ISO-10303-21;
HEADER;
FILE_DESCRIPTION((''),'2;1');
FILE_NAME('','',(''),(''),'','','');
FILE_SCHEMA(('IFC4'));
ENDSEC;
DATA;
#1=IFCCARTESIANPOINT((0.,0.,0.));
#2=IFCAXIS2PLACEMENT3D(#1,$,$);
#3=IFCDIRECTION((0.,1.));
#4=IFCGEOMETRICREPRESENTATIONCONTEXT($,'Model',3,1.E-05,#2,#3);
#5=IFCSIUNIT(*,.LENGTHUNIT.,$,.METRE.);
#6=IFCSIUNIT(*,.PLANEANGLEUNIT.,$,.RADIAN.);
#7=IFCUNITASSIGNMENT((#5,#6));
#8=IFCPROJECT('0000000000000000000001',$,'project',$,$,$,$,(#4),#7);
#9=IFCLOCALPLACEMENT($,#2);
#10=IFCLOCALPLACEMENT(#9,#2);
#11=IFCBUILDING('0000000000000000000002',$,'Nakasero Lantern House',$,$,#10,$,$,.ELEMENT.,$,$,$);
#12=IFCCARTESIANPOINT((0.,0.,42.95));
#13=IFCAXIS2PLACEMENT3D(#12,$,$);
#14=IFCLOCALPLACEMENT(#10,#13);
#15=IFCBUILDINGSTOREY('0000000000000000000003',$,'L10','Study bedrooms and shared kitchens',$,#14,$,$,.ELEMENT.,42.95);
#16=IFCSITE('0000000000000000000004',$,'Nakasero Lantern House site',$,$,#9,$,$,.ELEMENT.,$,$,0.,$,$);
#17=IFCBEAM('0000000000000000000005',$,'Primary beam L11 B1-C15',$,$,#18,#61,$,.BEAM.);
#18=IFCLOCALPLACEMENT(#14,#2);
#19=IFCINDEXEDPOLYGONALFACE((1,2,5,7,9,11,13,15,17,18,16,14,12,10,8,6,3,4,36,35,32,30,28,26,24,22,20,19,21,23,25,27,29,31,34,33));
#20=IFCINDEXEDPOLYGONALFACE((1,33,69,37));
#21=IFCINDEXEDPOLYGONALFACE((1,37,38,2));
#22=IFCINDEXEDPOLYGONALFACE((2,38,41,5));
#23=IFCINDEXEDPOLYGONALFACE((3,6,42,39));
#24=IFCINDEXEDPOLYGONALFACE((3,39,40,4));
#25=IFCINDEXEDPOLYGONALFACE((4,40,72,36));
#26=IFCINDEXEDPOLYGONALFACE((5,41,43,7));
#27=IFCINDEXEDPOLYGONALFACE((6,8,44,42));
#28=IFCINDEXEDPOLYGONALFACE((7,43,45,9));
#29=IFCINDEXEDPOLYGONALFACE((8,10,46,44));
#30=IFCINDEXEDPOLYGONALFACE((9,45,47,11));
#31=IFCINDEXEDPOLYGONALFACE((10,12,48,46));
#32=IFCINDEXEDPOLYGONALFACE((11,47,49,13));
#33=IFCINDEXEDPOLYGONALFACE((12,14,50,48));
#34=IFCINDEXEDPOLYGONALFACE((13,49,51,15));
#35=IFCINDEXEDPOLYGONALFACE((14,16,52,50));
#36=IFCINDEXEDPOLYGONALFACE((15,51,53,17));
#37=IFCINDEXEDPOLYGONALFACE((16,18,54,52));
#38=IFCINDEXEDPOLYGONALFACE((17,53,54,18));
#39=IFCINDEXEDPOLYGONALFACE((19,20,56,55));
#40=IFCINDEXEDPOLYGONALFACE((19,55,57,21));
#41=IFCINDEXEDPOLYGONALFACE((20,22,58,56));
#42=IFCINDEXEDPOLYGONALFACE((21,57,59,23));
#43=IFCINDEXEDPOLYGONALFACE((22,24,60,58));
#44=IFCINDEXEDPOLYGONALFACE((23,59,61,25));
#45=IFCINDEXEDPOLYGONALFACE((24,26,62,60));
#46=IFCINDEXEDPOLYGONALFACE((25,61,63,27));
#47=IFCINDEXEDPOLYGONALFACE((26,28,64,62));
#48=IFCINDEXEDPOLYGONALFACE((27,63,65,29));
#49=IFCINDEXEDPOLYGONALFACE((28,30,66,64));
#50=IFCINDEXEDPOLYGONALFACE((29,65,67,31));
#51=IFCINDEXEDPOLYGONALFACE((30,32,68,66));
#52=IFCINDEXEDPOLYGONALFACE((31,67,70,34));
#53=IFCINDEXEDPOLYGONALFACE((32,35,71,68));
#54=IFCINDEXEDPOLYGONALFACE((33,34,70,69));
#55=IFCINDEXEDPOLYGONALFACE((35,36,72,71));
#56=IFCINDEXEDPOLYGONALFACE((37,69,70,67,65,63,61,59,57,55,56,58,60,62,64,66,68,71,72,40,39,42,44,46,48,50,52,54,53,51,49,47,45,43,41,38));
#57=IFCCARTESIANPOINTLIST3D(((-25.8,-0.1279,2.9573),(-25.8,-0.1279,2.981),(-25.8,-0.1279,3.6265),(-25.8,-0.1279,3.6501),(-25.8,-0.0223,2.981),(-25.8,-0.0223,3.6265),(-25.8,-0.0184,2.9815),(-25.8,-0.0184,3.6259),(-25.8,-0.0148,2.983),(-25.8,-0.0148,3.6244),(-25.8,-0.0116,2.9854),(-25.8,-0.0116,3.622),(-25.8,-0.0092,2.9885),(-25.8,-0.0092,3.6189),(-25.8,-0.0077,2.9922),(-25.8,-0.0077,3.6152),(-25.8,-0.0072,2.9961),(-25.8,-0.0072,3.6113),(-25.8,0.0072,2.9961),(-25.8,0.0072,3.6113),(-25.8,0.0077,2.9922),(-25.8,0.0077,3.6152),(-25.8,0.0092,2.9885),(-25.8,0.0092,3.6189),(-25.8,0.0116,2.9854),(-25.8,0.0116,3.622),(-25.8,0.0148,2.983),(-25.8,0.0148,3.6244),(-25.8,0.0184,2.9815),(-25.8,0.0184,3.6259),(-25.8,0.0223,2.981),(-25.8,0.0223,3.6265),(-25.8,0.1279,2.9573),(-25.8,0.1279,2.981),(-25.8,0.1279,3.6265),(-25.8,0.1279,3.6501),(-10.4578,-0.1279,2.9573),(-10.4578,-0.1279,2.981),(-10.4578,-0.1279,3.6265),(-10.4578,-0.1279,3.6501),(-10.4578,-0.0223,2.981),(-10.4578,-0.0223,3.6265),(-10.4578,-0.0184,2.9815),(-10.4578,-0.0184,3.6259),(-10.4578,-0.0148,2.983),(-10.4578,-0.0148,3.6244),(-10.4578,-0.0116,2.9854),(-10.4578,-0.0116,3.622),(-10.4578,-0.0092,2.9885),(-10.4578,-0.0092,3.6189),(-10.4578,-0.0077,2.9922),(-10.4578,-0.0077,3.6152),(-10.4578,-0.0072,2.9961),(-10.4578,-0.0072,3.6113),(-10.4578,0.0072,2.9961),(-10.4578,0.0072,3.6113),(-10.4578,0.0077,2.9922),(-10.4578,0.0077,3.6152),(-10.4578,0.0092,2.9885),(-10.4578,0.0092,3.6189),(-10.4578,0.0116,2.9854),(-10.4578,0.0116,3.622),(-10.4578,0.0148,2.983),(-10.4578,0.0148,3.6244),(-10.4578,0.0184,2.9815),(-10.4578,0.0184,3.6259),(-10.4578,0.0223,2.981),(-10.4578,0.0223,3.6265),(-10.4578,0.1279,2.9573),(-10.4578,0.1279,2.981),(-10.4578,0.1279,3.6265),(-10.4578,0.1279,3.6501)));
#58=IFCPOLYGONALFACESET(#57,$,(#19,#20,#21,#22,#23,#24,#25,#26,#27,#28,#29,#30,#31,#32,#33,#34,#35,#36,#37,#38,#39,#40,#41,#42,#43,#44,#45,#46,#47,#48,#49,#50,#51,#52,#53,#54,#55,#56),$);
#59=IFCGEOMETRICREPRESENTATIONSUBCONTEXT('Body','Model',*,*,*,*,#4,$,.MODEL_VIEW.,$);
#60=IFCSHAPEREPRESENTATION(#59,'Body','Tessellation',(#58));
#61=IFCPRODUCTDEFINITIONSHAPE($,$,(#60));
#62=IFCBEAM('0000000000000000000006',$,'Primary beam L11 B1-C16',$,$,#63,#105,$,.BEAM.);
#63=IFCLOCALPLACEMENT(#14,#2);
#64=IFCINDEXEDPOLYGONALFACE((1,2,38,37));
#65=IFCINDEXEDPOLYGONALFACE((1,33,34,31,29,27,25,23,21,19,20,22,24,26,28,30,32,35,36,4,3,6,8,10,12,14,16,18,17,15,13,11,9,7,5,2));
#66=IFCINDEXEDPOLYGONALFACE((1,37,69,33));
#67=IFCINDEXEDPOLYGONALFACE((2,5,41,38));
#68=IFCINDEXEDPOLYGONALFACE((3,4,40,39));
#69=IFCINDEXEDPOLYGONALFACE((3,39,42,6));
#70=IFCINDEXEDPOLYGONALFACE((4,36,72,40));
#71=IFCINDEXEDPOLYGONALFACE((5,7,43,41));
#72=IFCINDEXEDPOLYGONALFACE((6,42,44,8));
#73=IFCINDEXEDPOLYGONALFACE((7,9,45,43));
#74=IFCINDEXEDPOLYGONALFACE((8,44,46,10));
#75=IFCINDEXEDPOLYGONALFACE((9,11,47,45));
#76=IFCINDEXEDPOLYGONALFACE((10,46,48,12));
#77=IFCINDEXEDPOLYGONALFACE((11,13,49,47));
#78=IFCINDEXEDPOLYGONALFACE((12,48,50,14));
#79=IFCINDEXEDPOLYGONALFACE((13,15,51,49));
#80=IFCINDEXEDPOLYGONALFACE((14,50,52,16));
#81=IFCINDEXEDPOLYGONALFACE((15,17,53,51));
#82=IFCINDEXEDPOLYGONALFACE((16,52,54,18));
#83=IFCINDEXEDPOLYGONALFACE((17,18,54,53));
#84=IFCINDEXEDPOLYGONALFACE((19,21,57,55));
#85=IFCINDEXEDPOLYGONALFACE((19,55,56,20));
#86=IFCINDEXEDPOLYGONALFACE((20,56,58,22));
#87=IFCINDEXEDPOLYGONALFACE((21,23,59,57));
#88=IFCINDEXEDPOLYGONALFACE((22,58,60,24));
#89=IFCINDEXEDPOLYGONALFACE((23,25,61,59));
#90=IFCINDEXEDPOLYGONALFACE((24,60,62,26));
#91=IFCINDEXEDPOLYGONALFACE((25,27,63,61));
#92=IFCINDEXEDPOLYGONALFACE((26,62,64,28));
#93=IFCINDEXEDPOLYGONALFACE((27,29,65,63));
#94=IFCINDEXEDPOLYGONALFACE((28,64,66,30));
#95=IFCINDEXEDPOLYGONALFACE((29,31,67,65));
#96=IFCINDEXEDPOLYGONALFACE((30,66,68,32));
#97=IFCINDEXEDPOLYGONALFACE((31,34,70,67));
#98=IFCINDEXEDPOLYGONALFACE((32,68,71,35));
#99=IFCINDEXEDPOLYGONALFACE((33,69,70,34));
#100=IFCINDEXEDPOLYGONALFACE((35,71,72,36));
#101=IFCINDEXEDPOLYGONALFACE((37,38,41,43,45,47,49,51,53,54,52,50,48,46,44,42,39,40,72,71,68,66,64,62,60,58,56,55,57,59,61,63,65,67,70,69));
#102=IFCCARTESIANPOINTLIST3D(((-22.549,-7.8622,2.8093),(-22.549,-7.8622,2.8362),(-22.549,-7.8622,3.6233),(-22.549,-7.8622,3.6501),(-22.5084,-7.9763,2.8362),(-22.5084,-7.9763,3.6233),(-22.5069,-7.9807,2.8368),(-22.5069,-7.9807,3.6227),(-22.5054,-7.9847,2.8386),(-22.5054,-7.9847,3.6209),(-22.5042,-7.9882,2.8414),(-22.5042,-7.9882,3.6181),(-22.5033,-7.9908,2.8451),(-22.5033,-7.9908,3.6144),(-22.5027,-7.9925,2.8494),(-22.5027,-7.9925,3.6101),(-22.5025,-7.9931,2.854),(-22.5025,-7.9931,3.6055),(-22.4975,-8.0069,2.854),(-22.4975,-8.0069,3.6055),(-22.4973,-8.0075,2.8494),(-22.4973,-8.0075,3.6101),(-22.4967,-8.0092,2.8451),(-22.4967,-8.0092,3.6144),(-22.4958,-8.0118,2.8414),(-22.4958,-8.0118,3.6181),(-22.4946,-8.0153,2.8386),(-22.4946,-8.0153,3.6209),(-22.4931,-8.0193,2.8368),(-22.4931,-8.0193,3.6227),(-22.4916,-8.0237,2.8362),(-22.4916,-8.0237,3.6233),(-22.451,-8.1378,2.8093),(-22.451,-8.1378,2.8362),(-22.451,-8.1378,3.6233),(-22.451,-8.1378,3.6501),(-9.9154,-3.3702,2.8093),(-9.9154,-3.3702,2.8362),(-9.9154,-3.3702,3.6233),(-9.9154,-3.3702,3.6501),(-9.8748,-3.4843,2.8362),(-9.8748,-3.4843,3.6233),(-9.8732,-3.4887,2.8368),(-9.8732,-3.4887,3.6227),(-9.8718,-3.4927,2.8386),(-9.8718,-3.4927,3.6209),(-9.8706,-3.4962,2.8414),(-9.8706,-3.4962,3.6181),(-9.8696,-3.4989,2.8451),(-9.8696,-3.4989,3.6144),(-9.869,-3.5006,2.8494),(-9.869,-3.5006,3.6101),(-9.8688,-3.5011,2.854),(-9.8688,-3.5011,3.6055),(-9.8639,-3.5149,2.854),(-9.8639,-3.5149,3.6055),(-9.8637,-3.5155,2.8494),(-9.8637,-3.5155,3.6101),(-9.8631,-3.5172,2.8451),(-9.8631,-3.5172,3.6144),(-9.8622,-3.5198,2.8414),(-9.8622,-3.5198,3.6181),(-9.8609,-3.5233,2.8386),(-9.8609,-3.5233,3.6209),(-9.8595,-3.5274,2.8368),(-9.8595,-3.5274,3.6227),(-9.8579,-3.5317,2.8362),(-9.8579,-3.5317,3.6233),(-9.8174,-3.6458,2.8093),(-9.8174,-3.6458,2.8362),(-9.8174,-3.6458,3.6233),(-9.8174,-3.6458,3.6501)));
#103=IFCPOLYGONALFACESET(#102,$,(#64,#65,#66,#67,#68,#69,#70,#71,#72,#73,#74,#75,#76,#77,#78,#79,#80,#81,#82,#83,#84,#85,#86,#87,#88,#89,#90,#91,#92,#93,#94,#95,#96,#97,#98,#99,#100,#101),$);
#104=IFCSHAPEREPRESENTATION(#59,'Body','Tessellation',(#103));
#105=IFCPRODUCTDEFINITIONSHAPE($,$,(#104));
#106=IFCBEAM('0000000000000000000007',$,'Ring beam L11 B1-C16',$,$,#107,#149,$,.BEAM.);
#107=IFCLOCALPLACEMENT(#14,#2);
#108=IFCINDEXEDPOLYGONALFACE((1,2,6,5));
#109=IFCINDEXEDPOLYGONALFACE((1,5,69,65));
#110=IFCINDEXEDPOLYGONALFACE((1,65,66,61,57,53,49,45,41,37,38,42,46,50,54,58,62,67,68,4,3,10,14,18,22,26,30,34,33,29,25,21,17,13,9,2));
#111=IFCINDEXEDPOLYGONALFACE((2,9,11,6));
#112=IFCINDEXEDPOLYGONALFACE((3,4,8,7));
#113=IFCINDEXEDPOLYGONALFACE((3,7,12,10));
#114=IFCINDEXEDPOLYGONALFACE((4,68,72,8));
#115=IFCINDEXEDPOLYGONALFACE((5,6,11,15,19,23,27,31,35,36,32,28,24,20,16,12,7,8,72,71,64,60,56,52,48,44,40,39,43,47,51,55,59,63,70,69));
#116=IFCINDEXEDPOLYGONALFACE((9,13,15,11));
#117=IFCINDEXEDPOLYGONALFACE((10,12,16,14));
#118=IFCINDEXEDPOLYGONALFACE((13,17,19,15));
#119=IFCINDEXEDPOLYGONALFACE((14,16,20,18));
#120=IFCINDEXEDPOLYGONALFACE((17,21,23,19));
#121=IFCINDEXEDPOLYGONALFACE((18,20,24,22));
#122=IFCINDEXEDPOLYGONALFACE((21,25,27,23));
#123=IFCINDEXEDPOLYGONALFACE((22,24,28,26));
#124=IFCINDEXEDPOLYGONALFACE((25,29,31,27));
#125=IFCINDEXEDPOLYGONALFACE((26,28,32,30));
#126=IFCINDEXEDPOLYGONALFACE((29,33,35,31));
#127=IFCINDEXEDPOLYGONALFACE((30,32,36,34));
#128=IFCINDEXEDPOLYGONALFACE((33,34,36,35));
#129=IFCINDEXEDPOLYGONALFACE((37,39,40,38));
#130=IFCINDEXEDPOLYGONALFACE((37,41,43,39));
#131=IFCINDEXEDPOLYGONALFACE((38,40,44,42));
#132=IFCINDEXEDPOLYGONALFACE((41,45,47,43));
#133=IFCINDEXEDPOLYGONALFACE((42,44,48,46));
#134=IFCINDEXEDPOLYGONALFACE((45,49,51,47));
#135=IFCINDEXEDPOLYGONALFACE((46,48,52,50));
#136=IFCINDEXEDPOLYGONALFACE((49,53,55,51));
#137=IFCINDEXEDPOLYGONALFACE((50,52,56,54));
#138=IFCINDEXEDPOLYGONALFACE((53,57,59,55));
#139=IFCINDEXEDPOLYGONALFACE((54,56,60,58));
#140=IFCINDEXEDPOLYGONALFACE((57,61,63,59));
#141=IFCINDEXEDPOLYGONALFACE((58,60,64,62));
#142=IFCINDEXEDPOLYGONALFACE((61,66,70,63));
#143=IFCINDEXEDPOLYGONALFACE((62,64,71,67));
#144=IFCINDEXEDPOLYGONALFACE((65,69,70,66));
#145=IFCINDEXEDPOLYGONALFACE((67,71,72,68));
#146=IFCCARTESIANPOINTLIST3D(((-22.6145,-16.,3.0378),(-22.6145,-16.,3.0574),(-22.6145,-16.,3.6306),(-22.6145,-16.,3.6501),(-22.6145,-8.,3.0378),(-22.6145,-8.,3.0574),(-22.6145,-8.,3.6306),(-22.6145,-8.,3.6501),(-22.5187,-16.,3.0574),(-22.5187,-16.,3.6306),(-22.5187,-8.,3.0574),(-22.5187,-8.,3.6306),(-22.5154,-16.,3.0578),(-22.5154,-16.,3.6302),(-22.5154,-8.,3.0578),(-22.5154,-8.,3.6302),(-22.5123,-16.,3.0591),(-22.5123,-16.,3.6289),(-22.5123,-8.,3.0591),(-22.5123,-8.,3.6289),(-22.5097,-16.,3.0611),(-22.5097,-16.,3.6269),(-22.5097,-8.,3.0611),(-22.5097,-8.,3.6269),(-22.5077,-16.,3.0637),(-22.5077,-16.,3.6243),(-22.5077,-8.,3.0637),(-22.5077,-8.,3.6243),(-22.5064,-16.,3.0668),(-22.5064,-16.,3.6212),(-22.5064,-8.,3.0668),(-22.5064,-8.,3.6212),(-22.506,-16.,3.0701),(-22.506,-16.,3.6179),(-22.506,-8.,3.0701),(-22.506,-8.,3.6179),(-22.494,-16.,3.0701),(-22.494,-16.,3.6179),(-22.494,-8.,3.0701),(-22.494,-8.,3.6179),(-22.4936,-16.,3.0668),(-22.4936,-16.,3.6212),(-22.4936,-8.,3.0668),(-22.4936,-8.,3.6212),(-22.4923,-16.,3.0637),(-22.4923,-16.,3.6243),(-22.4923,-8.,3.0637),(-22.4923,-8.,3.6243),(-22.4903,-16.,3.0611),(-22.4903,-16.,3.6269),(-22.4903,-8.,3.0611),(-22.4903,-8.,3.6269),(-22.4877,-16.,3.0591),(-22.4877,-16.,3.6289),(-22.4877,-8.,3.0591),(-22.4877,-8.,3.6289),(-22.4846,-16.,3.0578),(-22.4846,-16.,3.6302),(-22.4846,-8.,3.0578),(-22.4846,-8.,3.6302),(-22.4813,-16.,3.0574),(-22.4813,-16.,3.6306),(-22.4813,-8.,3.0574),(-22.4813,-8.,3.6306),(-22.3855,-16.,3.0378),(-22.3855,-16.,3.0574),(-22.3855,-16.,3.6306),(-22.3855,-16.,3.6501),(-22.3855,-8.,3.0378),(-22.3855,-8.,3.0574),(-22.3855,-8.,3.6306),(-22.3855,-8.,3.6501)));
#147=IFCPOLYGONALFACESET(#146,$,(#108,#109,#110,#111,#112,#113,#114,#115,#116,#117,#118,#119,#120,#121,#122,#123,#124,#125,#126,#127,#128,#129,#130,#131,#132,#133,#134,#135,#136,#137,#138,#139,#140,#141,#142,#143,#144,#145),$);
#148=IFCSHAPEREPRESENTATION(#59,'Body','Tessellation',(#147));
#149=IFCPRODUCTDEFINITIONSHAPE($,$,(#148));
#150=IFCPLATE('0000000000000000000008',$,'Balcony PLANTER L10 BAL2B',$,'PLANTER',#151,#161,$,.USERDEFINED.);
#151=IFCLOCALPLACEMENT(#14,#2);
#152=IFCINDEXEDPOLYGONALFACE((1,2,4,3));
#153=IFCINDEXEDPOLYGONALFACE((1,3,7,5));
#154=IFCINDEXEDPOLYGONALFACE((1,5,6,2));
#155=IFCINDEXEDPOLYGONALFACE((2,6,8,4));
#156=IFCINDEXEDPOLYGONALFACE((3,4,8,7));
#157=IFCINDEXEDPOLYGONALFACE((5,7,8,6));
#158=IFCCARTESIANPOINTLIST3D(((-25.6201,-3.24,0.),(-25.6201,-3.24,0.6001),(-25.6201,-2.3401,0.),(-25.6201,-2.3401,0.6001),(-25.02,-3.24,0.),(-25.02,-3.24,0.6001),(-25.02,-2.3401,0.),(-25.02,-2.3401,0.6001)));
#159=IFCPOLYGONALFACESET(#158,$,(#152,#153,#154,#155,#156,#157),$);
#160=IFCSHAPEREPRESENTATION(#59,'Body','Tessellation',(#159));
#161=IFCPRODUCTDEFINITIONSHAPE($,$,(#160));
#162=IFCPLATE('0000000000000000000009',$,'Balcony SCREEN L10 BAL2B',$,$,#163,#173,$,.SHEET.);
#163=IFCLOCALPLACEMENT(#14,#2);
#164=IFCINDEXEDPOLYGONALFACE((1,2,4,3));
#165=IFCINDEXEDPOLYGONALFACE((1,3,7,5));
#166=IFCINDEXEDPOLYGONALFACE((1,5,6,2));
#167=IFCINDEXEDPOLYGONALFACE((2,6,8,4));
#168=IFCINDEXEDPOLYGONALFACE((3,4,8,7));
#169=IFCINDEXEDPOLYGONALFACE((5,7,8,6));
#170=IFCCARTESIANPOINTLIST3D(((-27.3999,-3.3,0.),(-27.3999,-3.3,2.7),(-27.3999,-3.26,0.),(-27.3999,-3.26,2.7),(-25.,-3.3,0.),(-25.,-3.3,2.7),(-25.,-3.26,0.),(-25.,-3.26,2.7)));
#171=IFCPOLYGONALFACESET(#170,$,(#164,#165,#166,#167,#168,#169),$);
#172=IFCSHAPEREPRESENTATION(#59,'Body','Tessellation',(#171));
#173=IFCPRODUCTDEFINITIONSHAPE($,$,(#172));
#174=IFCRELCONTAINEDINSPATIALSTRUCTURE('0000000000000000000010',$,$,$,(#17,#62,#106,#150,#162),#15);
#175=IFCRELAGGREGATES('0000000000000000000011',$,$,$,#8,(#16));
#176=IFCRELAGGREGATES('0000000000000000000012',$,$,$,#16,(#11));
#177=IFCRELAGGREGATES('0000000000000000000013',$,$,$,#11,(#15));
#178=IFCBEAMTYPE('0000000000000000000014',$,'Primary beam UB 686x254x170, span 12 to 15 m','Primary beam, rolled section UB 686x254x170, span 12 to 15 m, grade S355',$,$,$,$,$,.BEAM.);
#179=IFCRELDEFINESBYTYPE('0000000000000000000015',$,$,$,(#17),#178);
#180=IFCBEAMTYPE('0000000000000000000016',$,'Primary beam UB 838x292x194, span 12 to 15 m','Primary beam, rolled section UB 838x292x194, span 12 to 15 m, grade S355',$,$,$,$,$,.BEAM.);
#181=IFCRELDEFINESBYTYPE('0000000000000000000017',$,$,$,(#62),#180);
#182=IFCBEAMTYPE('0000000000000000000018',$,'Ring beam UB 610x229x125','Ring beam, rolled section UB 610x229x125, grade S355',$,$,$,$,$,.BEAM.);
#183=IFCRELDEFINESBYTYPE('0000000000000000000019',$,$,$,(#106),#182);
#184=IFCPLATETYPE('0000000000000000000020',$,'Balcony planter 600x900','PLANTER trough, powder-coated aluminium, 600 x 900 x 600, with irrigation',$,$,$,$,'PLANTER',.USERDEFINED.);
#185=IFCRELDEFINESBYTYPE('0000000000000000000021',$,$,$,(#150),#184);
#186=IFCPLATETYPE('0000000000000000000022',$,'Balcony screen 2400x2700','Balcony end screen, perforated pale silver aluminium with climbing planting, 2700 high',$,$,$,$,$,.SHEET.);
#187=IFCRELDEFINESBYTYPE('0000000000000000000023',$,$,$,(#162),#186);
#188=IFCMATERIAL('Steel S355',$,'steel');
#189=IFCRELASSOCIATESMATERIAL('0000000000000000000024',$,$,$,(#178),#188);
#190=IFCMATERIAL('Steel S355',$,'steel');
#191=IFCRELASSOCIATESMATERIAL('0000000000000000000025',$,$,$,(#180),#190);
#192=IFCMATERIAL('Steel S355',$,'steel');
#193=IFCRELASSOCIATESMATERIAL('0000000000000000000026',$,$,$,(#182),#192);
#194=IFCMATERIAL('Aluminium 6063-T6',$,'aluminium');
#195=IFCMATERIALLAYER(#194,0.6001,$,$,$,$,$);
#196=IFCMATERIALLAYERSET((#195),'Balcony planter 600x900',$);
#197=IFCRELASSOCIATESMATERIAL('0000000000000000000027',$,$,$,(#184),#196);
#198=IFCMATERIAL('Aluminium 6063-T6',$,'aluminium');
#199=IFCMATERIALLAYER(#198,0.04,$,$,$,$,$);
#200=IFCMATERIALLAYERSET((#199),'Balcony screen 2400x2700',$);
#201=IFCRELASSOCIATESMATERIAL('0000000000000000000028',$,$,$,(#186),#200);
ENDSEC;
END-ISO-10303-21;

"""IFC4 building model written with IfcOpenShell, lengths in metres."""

from ifc_helpers import new_model, si_unit, direction, frame, origin, origin_2d, place, context, subcontext, project, spatial, rectangle, i_section, extrude, material, layer, layer_set, material_profile, profile_set, type_object, element, save


model = new_model("IFC4")

# Units and contexts
model_context = context("Model", 3, precision=1e-05, world=origin(), true_north=direction((0.0, 1.0)))
body_context = subcontext(model_context, "Body", "Model", "MODEL_VIEW")
ifc_project = project(units=[si_unit("LENGTHUNIT", "METRE"), si_unit("PLANEANGLEUNIT", "RADIAN")], contexts=[model_context])

# Site, building, storey
site_placement = place(None, origin())
site = spatial("IfcSite", under=ifc_project, at=site_placement, Name="Nakasero Lantern House site", CompositionType="ELEMENT", RefElevation=0.0)
building_placement = place(site_placement, origin())
building = spatial("IfcBuilding", under=site, at=building_placement, Name="Nakasero Lantern House", CompositionType="ELEMENT")
storey_placement = place(building_placement, frame((0.0, 0.0, 42.95)))
storey = spatial("IfcBuildingStorey", under=building, at=storey_placement, Name="L10", Description="Study bedrooms and shared kitchens", CompositionType="ELEMENT", Elevation=42.95)

# Beams
ifc_material_1 = material(Name="Steel S355", Category="steel")
ifc_material_profile_1 = material_profile(ifc_material_1, i_section(OverallWidth=0.2559, OverallDepth=0.6929, WebThickness=0.0144, FlangeThickness=0.0237, FilletRadius=0.0151, at=origin_2d()), Name="UB 686x254x170")
ifc_profile_set_1 = profile_set([ifc_material_profile_1], Name="Steel S355")
beam_type_1 = type_object("IfcBeamType", Name="Primary beam UB 686x254x170, span 12 to 15 m", Description="Primary beam, rolled section UB 686x254x170, span 12 to 15 m, grade S355", PredefinedType="BEAM", material=ifc_profile_set_1)
beam_1_placement = place(storey_placement, frame((-25.8, 0.0, 3.3037), z_axis=(1.0, 0.0, 0.0), x_axis=(0.0, 1.0, 0.0)))
element("IfcBeam", 1, at=beam_1_placement, inside=storey, type_object=beam_type_1, Name="Primary beam L11 B1-C15", PredefinedType="BEAM", context=body_context, shape_type="SweptSolid", body=[
    extrude(i_section(OverallWidth=0.2559, OverallDepth=0.6929, WebThickness=0.0144, FlangeThickness=0.0237, FilletRadius=0.0151, at=origin_2d()), origin(), (0.0, 0.0, 1.0), 15.3423),
])
ifc_material_2 = material(Name="Steel S355", Category="steel")
ifc_material_profile_2 = material_profile(ifc_material_2, i_section(OverallWidth=0.2925, OverallDepth=0.8408, WebThickness=0.0146, FlangeThickness=0.0269, FilletRadius=0.0178, at=origin_2d()), Name="UB 838x292x194")
ifc_profile_set_2 = profile_set([ifc_material_profile_2], Name="Steel S355")
beam_type_2 = type_object("IfcBeamType", Name="Primary beam UB 838x292x194, span 12 to 15 m", Description="Primary beam, rolled section UB 838x292x194, span 12 to 15 m, grade S355", PredefinedType="BEAM", material=ifc_profile_set_2)
beam_2_placement = place(storey_placement, frame((-22.5, -8.0, 3.2297), z_axis=(0.942214, 0.335011, 0.0), x_axis=(-0.335011, 0.942214, 0.0)))
element("IfcBeam", 2, at=beam_2_placement, inside=storey, type_object=beam_type_2, Name="Primary beam L11 B1-C16", PredefinedType="BEAM", context=body_context, shape_type="SweptSolid", body=[
    extrude(i_section(OverallWidth=0.2925, OverallDepth=0.8408, WebThickness=0.0146, FlangeThickness=0.0269, FilletRadius=0.0178, at=origin_2d()), origin(), (0.0, 0.0, 1.0), 13.4084),
])
ifc_material_3 = material(Name="Steel S355", Category="steel")
ifc_material_profile_3 = material_profile(ifc_material_3, i_section(OverallWidth=0.229, OverallDepth=0.6123, WebThickness=0.012, FlangeThickness=0.0195, FilletRadius=0.0127, at=origin_2d()), Name="UB 610x229x125")
ifc_profile_set_3 = profile_set([ifc_material_profile_3], Name="Steel S355")
beam_type_3 = type_object("IfcBeamType", Name="Ring beam UB 610x229x125", Description="Ring beam, rolled section UB 610x229x125, grade S355", PredefinedType="BEAM", material=ifc_profile_set_3)
beam_3_placement = place(storey_placement, frame((-22.5, -8.0, 3.344), z_axis=(0.0, -1.0, 0.0), x_axis=(1.0, 0.0, 0.0)))
element("IfcBeam", 3, at=beam_3_placement, inside=storey, type_object=beam_type_3, Name="Ring beam L11 B1-C16", PredefinedType="BEAM", context=body_context, shape_type="SweptSolid", body=[
    extrude(i_section(OverallWidth=0.229, OverallDepth=0.6123, WebThickness=0.012, FlangeThickness=0.0195, FilletRadius=0.0127, at=origin_2d()), origin(), (0.0, 0.0, 1.0), 8.0),
])

# Plates
ifc_material_4 = material(Name="Aluminium 6063-T6", Category="aluminium")
ifc_layer_1 = layer(ifc_material_4, 0.6001)
ifc_layer_set_1 = layer_set([ifc_layer_1], Name="Balcony planter 600x900")
plate_type_1 = type_object("IfcPlateType", Name="Balcony planter 600x900", Description="PLANTER trough, powder-coated aluminium, 600 x 900 x 600, with irrigation", ElementType="PLANTER", PredefinedType="USERDEFINED", material=ifc_layer_set_1)
plate_1_placement = place(storey_placement, frame((-25.3201, -2.79, 0.0), z_axis=(0.0, 0.0, 1.0), x_axis=(-1.0, 0.0, 0.0)))
element("IfcPlate", 4, at=plate_1_placement, inside=storey, type_object=plate_type_1, Name="Balcony PLANTER L10 BAL2B", ObjectType="PLANTER", PredefinedType="USERDEFINED", context=body_context, shape_type="SweptSolid", body=[
    extrude(rectangle(XDim=0.6001, YDim=0.8999, at=origin_2d()), origin(), (0.0, 0.0, 1.0), 0.6001),
])
ifc_material_5 = material(Name="Aluminium 6063-T6", Category="aluminium")
ifc_layer_2 = layer(ifc_material_5, 0.04)
ifc_layer_set_2 = layer_set([ifc_layer_2], Name="Balcony screen 2400x2700")
plate_type_2 = type_object("IfcPlateType", Name="Balcony screen 2400x2700", Description="Balcony end screen, perforated pale silver aluminium with climbing planting, 2700 high", PredefinedType="SHEET", material=ifc_layer_set_2)
plate_2_placement = place(storey_placement, frame((-26.2, -3.28, 0.0), z_axis=(0.0, 0.0, 1.0), x_axis=(-1.0, 0.0, 0.0)))
element("IfcPlate", 5, at=plate_2_placement, inside=storey, type_object=plate_type_2, Name="Balcony SCREEN L10 BAL2B", PredefinedType="SHEET", context=body_context, shape_type="SweptSolid", body=[
    extrude(rectangle(XDim=2.3999, YDim=0.04, at=origin_2d()), origin(), (0.0, 0.0, 1.0), 2.7),
])

save(model, "model.ifc")
